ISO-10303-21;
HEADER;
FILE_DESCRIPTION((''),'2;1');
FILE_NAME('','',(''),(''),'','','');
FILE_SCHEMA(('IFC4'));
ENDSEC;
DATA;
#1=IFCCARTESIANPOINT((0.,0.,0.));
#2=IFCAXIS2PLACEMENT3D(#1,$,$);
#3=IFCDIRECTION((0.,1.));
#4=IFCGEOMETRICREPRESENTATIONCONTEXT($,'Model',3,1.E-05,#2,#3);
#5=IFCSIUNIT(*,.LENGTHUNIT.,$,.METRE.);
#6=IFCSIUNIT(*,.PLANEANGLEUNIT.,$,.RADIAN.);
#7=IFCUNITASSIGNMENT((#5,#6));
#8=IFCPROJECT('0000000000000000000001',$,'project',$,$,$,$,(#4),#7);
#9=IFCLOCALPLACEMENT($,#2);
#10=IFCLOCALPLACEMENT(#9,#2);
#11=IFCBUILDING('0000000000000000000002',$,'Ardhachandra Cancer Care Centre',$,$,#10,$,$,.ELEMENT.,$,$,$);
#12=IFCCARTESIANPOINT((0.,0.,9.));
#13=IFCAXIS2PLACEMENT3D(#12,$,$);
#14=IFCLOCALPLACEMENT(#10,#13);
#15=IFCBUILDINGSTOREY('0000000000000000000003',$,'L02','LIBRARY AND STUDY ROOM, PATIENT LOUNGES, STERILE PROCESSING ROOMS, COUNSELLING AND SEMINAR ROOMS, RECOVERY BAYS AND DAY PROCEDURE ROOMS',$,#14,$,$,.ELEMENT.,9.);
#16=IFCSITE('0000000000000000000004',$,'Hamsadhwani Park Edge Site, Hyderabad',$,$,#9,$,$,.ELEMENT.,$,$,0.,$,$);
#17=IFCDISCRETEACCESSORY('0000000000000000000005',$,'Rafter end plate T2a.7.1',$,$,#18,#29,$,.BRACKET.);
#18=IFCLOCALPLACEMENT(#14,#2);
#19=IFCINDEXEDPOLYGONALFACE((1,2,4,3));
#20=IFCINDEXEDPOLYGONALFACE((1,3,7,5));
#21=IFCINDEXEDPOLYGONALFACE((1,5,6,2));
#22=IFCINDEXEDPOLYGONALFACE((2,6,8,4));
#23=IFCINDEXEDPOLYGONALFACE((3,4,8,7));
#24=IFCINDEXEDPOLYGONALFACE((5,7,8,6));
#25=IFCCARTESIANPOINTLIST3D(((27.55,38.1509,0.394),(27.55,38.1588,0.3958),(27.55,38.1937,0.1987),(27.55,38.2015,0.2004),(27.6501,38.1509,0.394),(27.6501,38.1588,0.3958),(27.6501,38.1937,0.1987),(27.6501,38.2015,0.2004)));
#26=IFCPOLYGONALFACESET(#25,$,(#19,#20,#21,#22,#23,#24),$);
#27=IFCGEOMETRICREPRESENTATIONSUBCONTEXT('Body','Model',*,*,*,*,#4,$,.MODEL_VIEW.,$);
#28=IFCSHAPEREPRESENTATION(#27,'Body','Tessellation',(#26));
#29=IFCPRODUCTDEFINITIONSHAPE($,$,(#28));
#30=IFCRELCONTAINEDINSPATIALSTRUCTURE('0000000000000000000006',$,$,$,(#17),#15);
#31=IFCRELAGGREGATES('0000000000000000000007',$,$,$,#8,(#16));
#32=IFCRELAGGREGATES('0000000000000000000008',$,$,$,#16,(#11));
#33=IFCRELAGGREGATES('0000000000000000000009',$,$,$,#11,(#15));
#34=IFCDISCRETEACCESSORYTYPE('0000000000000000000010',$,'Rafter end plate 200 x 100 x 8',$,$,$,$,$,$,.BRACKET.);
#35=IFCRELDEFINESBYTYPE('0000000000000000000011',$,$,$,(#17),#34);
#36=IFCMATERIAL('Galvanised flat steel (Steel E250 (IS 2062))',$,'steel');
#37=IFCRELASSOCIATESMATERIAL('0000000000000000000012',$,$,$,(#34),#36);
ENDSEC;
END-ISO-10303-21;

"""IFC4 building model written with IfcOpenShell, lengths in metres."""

from ifc_helpers import new_model, si_unit, direction, frame, origin, origin_2d, place, context, subcontext, project, spatial, rectangle, extrude, material, material_profile, profile_set, type_object, element, save


model = new_model("IFC4")

# Units and contexts
model_context = context("Model", 3, precision=1e-05, world=origin(), true_north=direction((0.0, 1.0)))
body_context = subcontext(model_context, "Body", "Model", "MODEL_VIEW")
ifc_project = project(units=[si_unit("LENGTHUNIT", "METRE"), si_unit("PLANEANGLEUNIT", "RADIAN")], contexts=[model_context])

# Site, building, storey
site_placement = place(None, origin())
site = spatial("IfcSite", under=ifc_project, at=site_placement, Name="Hamsadhwani Park Edge Site, Hyderabad", CompositionType="ELEMENT", RefElevation=0.0)
building_placement = place(site_placement, origin())
building = spatial("IfcBuilding", under=site, at=building_placement, Name="Ardhachandra Cancer Care Centre", CompositionType="ELEMENT")
storey_placement = place(building_placement, frame((0.0, 0.0, 9.0)))
storey = spatial("IfcBuildingStorey", under=building, at=storey_placement, Name="L02", Description="LIBRARY AND STUDY ROOM, PATIENT LOUNGES, STERILE PROCESSING ROOMS, COUNSELLING AND SEMINAR ROOMS, RECOVERY BAYS AND DAY PROCEDURE ROOMS", CompositionType="ELEMENT", Elevation=9.0)

# Discrete accessory
ifc_material_1 = material(Name="Galvanised flat steel (Steel E250 (IS 2062))", Category="steel")
ifc_material_profile_1 = material_profile(ifc_material_1, rectangle(XDim=0.1001, YDim=0.2, at=origin_2d()), Name="Rafter end plate 200 x 100 x 8")
ifc_profile_set_1 = profile_set([ifc_material_profile_1], Name="Galvanised flat steel (Steel E250 (IS 2062))")
discrete_accessory_type = type_object("IfcDiscreteAccessoryType", Name="Rafter end plate 200 x 100 x 8", PredefinedType="BRACKET", material=ifc_profile_set_1)
for number, where, z_axis, x_axis, name in (
    (1, (27.6001, 38.1802, 0.2981), (0.0, -0.9769, -0.213697), (1.0, 0.0, 0.0), "Rafter end plate T2a.7.1"),
):
    element("IfcDiscreteAccessory", number, at=place(storey_placement, frame(where, z_axis=z_axis, x_axis=x_axis)), inside=storey, type_object=discrete_accessory_type, Name=name, PredefinedType="BRACKET", context=body_context, shape_type="SweptSolid", body=[
        extrude(rectangle(XDim=0.1001, YDim=0.2, at=origin_2d()), origin(), (0.0, 0.0, 1.0), 0.0081),
    ])

save(model, "model.ifc")
